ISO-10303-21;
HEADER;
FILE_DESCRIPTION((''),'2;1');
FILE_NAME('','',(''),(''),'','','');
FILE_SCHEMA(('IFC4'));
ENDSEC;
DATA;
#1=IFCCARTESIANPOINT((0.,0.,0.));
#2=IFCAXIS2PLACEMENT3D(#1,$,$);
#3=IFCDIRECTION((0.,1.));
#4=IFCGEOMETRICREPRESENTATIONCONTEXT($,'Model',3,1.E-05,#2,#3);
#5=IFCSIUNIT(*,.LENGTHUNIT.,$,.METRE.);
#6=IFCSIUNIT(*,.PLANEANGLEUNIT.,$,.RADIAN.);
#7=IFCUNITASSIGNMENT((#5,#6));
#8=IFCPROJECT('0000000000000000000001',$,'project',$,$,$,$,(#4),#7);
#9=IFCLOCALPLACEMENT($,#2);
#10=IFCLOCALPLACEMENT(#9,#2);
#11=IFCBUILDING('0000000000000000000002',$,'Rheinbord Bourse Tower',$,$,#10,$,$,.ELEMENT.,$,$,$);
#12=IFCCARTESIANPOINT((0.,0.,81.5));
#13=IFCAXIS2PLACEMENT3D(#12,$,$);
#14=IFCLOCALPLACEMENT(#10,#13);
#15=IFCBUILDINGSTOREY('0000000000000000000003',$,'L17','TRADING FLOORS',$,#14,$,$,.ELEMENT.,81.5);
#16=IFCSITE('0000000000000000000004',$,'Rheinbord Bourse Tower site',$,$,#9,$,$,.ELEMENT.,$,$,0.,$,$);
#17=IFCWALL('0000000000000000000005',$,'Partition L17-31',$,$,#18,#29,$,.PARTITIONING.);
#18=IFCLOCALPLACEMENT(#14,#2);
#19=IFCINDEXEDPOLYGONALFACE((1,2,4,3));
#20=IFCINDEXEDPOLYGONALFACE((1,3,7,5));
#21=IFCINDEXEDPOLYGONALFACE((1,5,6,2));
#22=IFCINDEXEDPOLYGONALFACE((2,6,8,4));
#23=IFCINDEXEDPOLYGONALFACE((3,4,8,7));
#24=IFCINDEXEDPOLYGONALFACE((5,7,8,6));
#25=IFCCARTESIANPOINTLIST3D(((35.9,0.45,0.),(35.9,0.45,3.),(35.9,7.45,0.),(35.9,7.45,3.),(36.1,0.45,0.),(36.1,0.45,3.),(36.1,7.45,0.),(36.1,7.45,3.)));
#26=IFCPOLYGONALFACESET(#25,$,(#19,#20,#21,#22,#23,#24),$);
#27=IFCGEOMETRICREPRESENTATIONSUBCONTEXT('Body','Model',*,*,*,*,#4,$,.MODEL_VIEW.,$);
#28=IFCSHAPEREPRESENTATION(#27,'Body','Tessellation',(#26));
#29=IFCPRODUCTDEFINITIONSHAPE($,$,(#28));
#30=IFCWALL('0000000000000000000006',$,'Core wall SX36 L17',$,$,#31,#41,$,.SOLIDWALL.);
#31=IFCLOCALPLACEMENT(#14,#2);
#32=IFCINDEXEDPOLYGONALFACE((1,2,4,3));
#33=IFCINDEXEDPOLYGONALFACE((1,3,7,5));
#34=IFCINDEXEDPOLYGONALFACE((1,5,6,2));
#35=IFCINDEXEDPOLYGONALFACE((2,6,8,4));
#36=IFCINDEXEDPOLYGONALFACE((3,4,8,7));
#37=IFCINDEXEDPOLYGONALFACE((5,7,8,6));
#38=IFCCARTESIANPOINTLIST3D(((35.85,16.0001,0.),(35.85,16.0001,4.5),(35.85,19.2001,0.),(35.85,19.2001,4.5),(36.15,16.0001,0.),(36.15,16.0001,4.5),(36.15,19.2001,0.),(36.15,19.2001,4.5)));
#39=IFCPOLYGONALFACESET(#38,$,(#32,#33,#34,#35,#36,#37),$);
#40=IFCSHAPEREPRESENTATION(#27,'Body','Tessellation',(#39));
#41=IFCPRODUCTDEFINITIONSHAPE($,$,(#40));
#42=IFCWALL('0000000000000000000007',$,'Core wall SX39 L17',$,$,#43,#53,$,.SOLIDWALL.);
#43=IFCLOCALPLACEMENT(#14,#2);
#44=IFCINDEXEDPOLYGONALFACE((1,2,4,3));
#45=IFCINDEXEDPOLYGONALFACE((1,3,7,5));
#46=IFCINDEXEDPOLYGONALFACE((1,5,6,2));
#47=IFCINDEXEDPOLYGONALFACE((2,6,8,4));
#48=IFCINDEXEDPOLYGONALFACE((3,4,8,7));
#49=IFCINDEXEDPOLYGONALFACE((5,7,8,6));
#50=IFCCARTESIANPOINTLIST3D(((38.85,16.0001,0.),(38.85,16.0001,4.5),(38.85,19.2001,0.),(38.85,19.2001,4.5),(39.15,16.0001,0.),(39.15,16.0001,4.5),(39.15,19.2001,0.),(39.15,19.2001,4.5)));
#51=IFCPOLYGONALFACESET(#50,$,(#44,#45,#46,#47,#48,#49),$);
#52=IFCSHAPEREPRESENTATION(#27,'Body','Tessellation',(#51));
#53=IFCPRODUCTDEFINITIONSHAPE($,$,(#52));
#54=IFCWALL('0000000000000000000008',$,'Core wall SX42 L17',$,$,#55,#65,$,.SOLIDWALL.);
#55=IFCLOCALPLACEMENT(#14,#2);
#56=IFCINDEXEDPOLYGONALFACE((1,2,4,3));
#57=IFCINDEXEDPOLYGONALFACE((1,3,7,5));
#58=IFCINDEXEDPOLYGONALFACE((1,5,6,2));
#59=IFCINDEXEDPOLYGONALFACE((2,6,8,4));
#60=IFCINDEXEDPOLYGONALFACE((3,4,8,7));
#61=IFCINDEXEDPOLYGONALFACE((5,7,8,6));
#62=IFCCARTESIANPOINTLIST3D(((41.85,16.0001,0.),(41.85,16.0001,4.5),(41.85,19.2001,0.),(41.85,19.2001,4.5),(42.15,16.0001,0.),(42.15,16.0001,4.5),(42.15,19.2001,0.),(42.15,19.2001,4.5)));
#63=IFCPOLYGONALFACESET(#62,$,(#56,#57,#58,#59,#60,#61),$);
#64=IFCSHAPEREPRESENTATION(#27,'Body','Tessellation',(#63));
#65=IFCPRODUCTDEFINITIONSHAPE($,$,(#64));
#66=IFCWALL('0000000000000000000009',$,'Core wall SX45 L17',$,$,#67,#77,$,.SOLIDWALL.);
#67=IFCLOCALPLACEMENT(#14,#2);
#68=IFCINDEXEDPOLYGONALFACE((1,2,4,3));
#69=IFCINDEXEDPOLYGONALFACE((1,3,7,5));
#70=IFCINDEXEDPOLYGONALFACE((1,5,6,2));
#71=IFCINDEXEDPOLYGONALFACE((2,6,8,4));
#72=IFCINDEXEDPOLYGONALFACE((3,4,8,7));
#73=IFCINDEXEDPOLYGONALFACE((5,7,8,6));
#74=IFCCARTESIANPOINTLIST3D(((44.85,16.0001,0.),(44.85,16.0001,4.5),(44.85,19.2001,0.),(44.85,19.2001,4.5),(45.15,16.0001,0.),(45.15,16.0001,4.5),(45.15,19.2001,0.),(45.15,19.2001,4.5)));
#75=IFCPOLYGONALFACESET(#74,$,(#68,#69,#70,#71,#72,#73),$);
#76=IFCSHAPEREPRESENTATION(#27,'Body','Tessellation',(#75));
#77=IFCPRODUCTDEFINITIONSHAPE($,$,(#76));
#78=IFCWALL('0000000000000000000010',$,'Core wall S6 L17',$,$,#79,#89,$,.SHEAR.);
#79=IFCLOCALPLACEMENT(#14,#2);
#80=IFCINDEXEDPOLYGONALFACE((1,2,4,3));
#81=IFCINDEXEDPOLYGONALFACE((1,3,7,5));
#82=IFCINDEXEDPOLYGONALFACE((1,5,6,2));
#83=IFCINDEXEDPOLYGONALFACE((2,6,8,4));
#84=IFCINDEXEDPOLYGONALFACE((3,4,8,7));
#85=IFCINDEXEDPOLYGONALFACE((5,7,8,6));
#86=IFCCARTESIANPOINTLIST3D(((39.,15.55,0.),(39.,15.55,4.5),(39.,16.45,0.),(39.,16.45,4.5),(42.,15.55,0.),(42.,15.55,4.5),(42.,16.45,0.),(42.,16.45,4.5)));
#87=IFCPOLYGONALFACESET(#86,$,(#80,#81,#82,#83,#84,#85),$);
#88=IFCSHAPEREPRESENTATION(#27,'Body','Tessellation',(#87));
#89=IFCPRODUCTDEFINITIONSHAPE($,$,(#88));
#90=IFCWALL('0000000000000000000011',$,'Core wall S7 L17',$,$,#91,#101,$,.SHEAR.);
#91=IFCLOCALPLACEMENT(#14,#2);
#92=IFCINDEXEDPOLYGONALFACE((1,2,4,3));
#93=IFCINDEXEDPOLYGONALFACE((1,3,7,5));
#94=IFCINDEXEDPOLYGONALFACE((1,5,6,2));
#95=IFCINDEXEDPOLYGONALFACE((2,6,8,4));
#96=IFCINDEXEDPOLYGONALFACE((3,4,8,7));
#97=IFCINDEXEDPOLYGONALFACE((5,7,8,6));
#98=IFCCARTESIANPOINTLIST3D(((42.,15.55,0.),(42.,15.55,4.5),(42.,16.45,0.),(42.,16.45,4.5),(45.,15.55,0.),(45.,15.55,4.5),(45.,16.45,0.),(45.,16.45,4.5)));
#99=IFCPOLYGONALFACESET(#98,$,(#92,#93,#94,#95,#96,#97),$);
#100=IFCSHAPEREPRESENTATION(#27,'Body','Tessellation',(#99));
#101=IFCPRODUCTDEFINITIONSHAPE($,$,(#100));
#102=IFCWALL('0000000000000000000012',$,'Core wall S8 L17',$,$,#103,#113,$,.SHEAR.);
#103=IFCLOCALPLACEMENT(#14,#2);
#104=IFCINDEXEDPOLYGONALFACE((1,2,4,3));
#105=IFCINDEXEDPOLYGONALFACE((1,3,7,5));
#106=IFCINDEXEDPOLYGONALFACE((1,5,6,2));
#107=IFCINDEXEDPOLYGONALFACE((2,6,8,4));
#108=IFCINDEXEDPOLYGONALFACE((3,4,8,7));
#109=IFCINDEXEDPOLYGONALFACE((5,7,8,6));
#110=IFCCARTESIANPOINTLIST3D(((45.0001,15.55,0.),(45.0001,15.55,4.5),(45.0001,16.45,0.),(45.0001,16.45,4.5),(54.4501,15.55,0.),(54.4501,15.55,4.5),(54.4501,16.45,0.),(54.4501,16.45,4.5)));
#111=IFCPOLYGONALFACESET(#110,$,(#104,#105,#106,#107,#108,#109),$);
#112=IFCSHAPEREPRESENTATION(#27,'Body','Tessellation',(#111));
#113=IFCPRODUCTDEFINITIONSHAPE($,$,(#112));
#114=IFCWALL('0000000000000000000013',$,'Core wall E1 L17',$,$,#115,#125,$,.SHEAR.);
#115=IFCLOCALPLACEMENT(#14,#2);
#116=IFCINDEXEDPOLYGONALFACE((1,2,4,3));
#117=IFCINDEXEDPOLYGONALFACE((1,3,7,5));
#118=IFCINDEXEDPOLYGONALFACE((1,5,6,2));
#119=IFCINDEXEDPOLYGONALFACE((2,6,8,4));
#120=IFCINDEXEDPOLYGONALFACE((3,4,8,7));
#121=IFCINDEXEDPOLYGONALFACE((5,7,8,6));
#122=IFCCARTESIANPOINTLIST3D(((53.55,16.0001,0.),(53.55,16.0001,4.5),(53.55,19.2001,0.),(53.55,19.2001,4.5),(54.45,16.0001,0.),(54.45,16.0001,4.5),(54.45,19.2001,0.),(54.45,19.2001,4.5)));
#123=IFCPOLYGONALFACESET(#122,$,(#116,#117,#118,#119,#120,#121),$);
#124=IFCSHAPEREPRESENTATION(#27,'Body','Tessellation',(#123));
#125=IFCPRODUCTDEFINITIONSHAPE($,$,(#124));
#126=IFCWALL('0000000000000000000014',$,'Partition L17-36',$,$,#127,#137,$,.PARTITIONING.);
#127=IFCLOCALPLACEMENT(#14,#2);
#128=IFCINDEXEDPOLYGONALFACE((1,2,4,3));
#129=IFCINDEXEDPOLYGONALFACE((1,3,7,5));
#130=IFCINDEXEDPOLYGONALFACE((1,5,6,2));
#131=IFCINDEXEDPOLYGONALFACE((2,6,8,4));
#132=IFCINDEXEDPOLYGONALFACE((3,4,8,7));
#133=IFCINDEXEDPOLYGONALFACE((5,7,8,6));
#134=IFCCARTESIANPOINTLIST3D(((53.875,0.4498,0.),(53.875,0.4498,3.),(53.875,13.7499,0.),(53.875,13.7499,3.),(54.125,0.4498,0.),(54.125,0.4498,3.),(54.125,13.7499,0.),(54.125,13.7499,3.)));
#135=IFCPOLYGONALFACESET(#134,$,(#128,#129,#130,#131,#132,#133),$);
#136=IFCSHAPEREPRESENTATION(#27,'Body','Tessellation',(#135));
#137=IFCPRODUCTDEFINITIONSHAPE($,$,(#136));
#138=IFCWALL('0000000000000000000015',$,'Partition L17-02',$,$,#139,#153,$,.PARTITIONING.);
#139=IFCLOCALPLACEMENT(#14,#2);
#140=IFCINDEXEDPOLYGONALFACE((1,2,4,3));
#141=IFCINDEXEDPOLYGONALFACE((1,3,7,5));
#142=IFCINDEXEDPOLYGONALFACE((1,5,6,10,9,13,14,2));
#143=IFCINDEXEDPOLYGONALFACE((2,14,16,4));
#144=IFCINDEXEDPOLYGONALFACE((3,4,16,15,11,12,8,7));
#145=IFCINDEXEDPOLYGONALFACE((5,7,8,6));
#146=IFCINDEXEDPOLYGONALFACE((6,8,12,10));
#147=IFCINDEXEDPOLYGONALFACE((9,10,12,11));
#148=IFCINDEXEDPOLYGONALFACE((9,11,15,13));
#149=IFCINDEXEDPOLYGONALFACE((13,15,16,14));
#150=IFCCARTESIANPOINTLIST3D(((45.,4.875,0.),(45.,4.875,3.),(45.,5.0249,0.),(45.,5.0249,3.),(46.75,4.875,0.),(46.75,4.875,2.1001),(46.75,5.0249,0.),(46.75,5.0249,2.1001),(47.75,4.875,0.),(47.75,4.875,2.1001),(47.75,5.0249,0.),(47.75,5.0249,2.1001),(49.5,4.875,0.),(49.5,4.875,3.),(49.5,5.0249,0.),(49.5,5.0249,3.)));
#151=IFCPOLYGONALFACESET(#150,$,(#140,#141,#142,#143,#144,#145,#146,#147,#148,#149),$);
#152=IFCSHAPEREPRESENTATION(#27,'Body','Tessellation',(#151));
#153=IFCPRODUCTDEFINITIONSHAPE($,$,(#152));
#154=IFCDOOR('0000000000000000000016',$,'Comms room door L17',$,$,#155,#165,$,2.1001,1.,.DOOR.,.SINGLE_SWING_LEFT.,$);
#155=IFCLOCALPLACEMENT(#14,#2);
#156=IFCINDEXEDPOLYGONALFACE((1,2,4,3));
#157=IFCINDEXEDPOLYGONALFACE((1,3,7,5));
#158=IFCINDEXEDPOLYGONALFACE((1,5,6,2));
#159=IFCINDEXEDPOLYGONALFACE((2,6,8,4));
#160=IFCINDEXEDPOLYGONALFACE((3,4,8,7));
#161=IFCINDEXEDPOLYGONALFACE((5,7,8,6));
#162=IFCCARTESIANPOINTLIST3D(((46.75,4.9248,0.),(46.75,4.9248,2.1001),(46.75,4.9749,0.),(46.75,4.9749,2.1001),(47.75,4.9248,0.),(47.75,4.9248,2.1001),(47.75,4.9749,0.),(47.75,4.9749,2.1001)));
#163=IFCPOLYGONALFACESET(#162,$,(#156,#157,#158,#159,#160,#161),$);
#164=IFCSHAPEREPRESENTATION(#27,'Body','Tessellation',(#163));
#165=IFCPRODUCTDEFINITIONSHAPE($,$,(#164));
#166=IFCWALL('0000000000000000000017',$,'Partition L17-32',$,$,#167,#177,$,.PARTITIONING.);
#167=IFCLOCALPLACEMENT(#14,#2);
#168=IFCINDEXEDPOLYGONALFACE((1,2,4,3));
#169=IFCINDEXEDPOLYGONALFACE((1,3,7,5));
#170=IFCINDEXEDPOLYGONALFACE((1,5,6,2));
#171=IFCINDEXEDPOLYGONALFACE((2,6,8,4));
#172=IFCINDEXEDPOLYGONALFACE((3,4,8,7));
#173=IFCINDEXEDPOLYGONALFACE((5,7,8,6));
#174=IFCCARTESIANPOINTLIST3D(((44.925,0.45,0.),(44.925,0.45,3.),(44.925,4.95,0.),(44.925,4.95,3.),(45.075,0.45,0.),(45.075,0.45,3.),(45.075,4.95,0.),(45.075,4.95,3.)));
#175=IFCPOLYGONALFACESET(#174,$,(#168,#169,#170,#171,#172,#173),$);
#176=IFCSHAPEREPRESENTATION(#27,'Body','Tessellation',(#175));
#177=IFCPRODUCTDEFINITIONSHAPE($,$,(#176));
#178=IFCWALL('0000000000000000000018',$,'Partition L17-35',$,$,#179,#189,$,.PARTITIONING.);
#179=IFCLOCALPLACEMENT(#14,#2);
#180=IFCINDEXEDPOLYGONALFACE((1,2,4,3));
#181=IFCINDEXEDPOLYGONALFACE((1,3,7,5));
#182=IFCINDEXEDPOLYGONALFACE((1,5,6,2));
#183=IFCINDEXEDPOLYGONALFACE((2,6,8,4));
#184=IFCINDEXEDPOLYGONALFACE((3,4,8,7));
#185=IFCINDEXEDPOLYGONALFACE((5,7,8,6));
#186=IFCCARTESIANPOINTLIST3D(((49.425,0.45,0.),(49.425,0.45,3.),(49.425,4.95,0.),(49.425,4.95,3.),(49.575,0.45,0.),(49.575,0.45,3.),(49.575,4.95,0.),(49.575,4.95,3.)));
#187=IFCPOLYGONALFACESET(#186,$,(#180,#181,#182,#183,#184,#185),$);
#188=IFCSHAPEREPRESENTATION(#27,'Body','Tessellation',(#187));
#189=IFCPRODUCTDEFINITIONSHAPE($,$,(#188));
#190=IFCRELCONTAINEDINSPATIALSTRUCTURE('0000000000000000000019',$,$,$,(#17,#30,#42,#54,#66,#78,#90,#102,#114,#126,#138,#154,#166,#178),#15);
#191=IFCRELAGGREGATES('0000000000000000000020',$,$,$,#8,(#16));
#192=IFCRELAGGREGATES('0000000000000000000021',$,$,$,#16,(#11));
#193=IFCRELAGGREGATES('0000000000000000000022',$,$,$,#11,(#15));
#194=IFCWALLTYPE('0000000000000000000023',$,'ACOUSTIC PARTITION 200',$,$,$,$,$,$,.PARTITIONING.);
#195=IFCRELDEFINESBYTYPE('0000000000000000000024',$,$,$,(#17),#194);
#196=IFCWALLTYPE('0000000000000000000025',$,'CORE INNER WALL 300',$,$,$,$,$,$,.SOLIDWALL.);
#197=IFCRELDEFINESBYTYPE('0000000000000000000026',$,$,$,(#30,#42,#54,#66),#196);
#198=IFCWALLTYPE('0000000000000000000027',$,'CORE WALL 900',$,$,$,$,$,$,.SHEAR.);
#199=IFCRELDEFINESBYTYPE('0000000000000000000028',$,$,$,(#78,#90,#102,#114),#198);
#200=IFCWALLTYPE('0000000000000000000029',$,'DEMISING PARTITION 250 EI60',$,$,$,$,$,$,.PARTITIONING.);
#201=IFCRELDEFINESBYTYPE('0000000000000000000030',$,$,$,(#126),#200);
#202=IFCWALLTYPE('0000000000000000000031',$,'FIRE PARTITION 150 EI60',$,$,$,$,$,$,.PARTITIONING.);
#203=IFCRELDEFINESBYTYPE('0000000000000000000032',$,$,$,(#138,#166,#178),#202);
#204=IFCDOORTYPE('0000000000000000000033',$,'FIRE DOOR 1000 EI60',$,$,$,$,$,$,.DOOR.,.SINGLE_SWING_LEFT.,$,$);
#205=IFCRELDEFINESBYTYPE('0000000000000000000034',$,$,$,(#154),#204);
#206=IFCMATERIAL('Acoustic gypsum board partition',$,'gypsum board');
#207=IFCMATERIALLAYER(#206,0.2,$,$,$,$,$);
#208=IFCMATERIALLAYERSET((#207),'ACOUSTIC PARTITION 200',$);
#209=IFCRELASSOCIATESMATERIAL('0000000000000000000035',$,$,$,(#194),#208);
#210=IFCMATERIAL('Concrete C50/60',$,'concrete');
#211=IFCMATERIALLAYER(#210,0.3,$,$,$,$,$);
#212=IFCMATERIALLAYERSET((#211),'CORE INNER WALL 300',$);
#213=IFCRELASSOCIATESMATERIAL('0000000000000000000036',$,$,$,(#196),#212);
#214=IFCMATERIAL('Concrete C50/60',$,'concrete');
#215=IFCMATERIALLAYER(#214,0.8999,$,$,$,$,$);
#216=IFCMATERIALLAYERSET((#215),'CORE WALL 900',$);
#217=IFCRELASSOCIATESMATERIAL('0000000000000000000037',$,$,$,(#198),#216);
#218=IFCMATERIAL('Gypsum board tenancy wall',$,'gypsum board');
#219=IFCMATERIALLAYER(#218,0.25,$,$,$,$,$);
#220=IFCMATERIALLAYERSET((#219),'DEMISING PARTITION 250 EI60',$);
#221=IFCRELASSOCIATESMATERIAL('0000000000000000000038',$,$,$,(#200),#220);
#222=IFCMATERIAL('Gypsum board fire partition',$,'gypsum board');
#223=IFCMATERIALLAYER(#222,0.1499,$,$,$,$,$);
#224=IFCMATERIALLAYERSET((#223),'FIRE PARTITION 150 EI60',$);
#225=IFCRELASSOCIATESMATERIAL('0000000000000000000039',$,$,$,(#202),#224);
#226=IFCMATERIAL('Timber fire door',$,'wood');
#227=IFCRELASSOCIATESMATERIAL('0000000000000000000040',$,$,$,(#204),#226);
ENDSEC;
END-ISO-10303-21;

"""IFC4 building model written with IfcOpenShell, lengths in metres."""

from ifc_helpers import new_model, si_unit, direction, frame, frame_2d, origin, place, context, subcontext, project, spatial, rectangle, extrude, material, layer, layer_set, type_object, element, fill, save


model = new_model("IFC4")

# Units and contexts
model_context = context("Model", 3, precision=1e-05, world=origin(), true_north=direction((0.0, 1.0)))
body_context = subcontext(model_context, "Body", "Model", "MODEL_VIEW")
ifc_project = project(units=[si_unit("LENGTHUNIT", "METRE"), si_unit("PLANEANGLEUNIT", "RADIAN")], contexts=[model_context])

# Site, building, storey
site_placement = place(None, origin())
site = spatial("IfcSite", under=ifc_project, at=site_placement, Name="Rheinbord Bourse Tower site", CompositionType="ELEMENT", RefElevation=0.0)
building_placement = place(site_placement, origin())
building = spatial("IfcBuilding", under=site, at=building_placement, Name="Rheinbord Bourse Tower", CompositionType="ELEMENT")
storey_placement = place(building_placement, frame((0.0, 0.0, 81.5)))
storey = spatial("IfcBuildingStorey", under=building, at=storey_placement, Name="L17", Description="TRADING FLOORS", CompositionType="ELEMENT", Elevation=81.5)

# Walls
ifc_material_1 = material(Name="Acoustic gypsum board partition", Category="gypsum board")
ifc_layer_1 = layer(ifc_material_1, 0.2)
ifc_layer_set_1 = layer_set([ifc_layer_1], Name="ACOUSTIC PARTITION 200")
wall_type_1 = type_object("IfcWallType", Name="ACOUSTIC PARTITION 200", PredefinedType="PARTITIONING", material=ifc_layer_set_1)
wall_1_placement = place(storey_placement, frame((36.0, 0.45, 0.0), z_axis=(0.0, 0.0, 1.0), x_axis=(0.0, 1.0, 0.0)))
element("IfcWall", 1, at=wall_1_placement, inside=storey, type_object=wall_type_1, Name="Partition L17-31", PredefinedType="PARTITIONING", context=body_context, shape_type="SweptSolid", body=[
    extrude(rectangle(XDim=7.0, YDim=0.2, at=frame_2d((3.5, 0.0))), origin(), (0.0, 0.0, 1.0), 3.0),
])
ifc_material_2 = material(Name="Concrete C50/60", Category="concrete")
ifc_layer_2 = layer(ifc_material_2, 0.3)
ifc_layer_set_2 = layer_set([ifc_layer_2], Name="CORE INNER WALL 300")
wall_type_2 = type_object("IfcWallType", Name="CORE INNER WALL 300", PredefinedType="SOLIDWALL", material=ifc_layer_set_2)
for number, where, z_axis, x_axis, name in (
    (2, (36.0, 16.0, 0.0), (0.0, 0.0, 1.0), (0.0, 1.0, 0.0), "Core wall SX36 L17"),
    (3, (39.0, 16.0, 0.0), (0.0, 0.0, 1.0), (0.0, 1.0, 0.0), "Core wall SX39 L17"),
    (4, (42.0, 16.0, 0.0), (0.0, 0.0, 1.0), (0.0, 1.0, 0.0), "Core wall SX42 L17"),
    (5, (45.0, 16.0, 0.0), (0.0, 0.0, 1.0), (0.0, 1.0, 0.0), "Core wall SX45 L17"),
):
    element("IfcWall", number, at=place(storey_placement, frame(where, z_axis=z_axis, x_axis=x_axis)), inside=storey, type_object=wall_type_2, Name=name, PredefinedType="SOLIDWALL", context=body_context, shape_type="SweptSolid", body=[
        extrude(rectangle(XDim=3.2, YDim=0.3, at=frame_2d((1.6001, 0.0))), origin(), (0.0, 0.0, 1.0), 4.5),
    ])
ifc_material_3 = material(Name="Concrete C50/60", Category="concrete")
ifc_layer_3 = layer(ifc_material_3, 0.8999)
ifc_layer_set_3 = layer_set([ifc_layer_3], Name="CORE WALL 900")
wall_type_3 = type_object("IfcWallType", Name="CORE WALL 900", PredefinedType="SHEAR", material=ifc_layer_set_3)
for number, where, z_axis, x_axis, name in (
    (6, (39.0, 16.0, 0.0), (0.0, 0.0, 1.0), (1.0, 0.0, 0.0), "Core wall S6 L17"),
    (7, (42.0, 16.0, 0.0), (0.0, 0.0, 1.0), (1.0, 0.0, 0.0), "Core wall S7 L17"),
):
    element("IfcWall", number, at=place(storey_placement, frame(where, z_axis=z_axis, x_axis=x_axis)), inside=storey, type_object=wall_type_3, Name=name, PredefinedType="SHEAR", context=body_context, shape_type="SweptSolid", body=[
        extrude(rectangle(XDim=3.0, YDim=0.8999, at=frame_2d((1.5, 0.0))), origin(), (0.0, 0.0, 1.0), 4.5),
    ])
wall_2_placement = place(storey_placement, frame((45.0, 16.0, 0.0), z_axis=(0.0, 0.0, 1.0), x_axis=(1.0, 0.0, 0.0)))
element("IfcWall", 8, at=wall_2_placement, inside=storey, type_object=wall_type_3, Name="Core wall S8 L17", PredefinedType="SHEAR", context=body_context, shape_type="SweptSolid", body=[
    extrude(rectangle(XDim=9.45, YDim=0.8999, at=frame_2d((4.7251, 0.0))), origin(), (0.0, 0.0, 1.0), 4.5),
])
wall_3_placement = place(storey_placement, frame((54.0, 16.0, 0.0), z_axis=(0.0, 0.0, 1.0), x_axis=(0.0, 1.0, 0.0)))
element("IfcWall", 9, at=wall_3_placement, inside=storey, type_object=wall_type_3, Name="Core wall E1 L17", PredefinedType="SHEAR", context=body_context, shape_type="SweptSolid", body=[
    extrude(rectangle(XDim=3.2, YDim=0.8999, at=frame_2d((1.6001, 0.0))), origin(), (0.0, 0.0, 1.0), 4.5),
])
ifc_material_4 = material(Name="Gypsum board tenancy wall", Category="gypsum board")
ifc_layer_4 = layer(ifc_material_4, 0.25)
ifc_layer_set_4 = layer_set([ifc_layer_4], Name="DEMISING PARTITION 250 EI60")
wall_type_4 = type_object("IfcWallType", Name="DEMISING PARTITION 250 EI60", PredefinedType="PARTITIONING", material=ifc_layer_set_4)
wall_4_placement = place(storey_placement, frame((54.0, 0.45, 0.0), z_axis=(0.0, 0.0, 1.0), x_axis=(0.0, 1.0, 0.0)))
element("IfcWall", 10, at=wall_4_placement, inside=storey, type_object=wall_type_4, Name="Partition L17-36", PredefinedType="PARTITIONING", context=body_context, shape_type="SweptSolid", body=[
    extrude(rectangle(XDim=13.3, YDim=0.25, at=frame_2d((6.6499, 0.0))), origin(), (0.0, 0.0, 1.0), 3.0),
])

# Wall, opening, door
ifc_material_5 = material(Name="Gypsum board fire partition", Category="gypsum board")
ifc_layer_5 = layer(ifc_material_5, 0.1499)
ifc_layer_set_5 = layer_set([ifc_layer_5], Name="FIRE PARTITION 150 EI60")
wall_type_5 = type_object("IfcWallType", Name="FIRE PARTITION 150 EI60", PredefinedType="PARTITIONING", material=ifc_layer_set_5)
wall_5_placement = place(storey_placement, frame((45.0, 4.95, 0.0), z_axis=(0.0, 0.0, 1.0), x_axis=(1.0, 0.0, 0.0)))
wall_5 = element("IfcWall", 11, at=wall_5_placement, inside=storey, type_object=wall_type_5, Name="Partition L17-02", PredefinedType="PARTITIONING", context=body_context, shape_type="SweptSolid", body=[
    extrude(rectangle(XDim=4.5, YDim=0.1499, at=frame_2d((2.25, 0.0))), origin(), (0.0, 0.0, 1.0), 3.0),
])
opening_1_placement = place(wall_5_placement, frame((1.75, 0.0, 0.0)))
opening_1 = element("IfcOpeningElement", 12, at=opening_1_placement, cuts=wall_5, PredefinedType="OPENING", context=body_context, shape_type="SweptSolid", body=[
    extrude(rectangle(XDim=1.0, YDim=2.1001, at=frame_2d((0.5, 1.05))), frame((0.0, 0.085, 0.0), z_axis=(0.0, -1.0, 0.0), x_axis=(1.0, 0.0, 0.0)), (0.0, 0.0, 1.0), 0.1699),
])
ifc_material_6 = material(Name="Timber fire door", Category="wood")
door_type_1 = type_object("IfcDoorType", Name="FIRE DOOR 1000 EI60", OperationType="SINGLE_SWING_LEFT", PredefinedType="DOOR", material=ifc_material_6)
door_1_placement = place(opening_1_placement, origin())
door_1 = element("IfcDoor", 13, at=door_1_placement, inside=storey, type_object=door_type_1, Name="Comms room door L17", OperationType="SINGLE_SWING_LEFT", OverallHeight=2.1001, OverallWidth=1.0, PredefinedType="DOOR", context=body_context, shape_type="SweptSolid", body=[
    extrude(rectangle(XDim=1.0, YDim=2.1001, at=frame_2d((0.5, 1.05))), frame((0.0, 0.0249, 0.0), z_axis=(0.0, -1.0, 0.0), x_axis=(1.0, 0.0, 0.0)), (0.0, 0.0, 1.0), 0.05),
])
fill(opening_1, door_1)

# Walls
for number, where, z_axis, x_axis, name in (
    (14, (45.0, 0.45, 0.0), (0.0, 0.0, 1.0), (0.0, 1.0, 0.0), "Partition L17-32"),
    (15, (49.5, 0.45, 0.0), (0.0, 0.0, 1.0), (0.0, 1.0, 0.0), "Partition L17-35"),
):
    element("IfcWall", number, at=place(storey_placement, frame(where, z_axis=z_axis, x_axis=x_axis)), inside=storey, type_object=wall_type_5, Name=name, PredefinedType="PARTITIONING", context=body_context, shape_type="SweptSolid", body=[
        extrude(rectangle(XDim=4.5, YDim=0.1499, at=frame_2d((2.25, 0.0))), origin(), (0.0, 0.0, 1.0), 3.0),
    ])

save(model, "model.ifc")
